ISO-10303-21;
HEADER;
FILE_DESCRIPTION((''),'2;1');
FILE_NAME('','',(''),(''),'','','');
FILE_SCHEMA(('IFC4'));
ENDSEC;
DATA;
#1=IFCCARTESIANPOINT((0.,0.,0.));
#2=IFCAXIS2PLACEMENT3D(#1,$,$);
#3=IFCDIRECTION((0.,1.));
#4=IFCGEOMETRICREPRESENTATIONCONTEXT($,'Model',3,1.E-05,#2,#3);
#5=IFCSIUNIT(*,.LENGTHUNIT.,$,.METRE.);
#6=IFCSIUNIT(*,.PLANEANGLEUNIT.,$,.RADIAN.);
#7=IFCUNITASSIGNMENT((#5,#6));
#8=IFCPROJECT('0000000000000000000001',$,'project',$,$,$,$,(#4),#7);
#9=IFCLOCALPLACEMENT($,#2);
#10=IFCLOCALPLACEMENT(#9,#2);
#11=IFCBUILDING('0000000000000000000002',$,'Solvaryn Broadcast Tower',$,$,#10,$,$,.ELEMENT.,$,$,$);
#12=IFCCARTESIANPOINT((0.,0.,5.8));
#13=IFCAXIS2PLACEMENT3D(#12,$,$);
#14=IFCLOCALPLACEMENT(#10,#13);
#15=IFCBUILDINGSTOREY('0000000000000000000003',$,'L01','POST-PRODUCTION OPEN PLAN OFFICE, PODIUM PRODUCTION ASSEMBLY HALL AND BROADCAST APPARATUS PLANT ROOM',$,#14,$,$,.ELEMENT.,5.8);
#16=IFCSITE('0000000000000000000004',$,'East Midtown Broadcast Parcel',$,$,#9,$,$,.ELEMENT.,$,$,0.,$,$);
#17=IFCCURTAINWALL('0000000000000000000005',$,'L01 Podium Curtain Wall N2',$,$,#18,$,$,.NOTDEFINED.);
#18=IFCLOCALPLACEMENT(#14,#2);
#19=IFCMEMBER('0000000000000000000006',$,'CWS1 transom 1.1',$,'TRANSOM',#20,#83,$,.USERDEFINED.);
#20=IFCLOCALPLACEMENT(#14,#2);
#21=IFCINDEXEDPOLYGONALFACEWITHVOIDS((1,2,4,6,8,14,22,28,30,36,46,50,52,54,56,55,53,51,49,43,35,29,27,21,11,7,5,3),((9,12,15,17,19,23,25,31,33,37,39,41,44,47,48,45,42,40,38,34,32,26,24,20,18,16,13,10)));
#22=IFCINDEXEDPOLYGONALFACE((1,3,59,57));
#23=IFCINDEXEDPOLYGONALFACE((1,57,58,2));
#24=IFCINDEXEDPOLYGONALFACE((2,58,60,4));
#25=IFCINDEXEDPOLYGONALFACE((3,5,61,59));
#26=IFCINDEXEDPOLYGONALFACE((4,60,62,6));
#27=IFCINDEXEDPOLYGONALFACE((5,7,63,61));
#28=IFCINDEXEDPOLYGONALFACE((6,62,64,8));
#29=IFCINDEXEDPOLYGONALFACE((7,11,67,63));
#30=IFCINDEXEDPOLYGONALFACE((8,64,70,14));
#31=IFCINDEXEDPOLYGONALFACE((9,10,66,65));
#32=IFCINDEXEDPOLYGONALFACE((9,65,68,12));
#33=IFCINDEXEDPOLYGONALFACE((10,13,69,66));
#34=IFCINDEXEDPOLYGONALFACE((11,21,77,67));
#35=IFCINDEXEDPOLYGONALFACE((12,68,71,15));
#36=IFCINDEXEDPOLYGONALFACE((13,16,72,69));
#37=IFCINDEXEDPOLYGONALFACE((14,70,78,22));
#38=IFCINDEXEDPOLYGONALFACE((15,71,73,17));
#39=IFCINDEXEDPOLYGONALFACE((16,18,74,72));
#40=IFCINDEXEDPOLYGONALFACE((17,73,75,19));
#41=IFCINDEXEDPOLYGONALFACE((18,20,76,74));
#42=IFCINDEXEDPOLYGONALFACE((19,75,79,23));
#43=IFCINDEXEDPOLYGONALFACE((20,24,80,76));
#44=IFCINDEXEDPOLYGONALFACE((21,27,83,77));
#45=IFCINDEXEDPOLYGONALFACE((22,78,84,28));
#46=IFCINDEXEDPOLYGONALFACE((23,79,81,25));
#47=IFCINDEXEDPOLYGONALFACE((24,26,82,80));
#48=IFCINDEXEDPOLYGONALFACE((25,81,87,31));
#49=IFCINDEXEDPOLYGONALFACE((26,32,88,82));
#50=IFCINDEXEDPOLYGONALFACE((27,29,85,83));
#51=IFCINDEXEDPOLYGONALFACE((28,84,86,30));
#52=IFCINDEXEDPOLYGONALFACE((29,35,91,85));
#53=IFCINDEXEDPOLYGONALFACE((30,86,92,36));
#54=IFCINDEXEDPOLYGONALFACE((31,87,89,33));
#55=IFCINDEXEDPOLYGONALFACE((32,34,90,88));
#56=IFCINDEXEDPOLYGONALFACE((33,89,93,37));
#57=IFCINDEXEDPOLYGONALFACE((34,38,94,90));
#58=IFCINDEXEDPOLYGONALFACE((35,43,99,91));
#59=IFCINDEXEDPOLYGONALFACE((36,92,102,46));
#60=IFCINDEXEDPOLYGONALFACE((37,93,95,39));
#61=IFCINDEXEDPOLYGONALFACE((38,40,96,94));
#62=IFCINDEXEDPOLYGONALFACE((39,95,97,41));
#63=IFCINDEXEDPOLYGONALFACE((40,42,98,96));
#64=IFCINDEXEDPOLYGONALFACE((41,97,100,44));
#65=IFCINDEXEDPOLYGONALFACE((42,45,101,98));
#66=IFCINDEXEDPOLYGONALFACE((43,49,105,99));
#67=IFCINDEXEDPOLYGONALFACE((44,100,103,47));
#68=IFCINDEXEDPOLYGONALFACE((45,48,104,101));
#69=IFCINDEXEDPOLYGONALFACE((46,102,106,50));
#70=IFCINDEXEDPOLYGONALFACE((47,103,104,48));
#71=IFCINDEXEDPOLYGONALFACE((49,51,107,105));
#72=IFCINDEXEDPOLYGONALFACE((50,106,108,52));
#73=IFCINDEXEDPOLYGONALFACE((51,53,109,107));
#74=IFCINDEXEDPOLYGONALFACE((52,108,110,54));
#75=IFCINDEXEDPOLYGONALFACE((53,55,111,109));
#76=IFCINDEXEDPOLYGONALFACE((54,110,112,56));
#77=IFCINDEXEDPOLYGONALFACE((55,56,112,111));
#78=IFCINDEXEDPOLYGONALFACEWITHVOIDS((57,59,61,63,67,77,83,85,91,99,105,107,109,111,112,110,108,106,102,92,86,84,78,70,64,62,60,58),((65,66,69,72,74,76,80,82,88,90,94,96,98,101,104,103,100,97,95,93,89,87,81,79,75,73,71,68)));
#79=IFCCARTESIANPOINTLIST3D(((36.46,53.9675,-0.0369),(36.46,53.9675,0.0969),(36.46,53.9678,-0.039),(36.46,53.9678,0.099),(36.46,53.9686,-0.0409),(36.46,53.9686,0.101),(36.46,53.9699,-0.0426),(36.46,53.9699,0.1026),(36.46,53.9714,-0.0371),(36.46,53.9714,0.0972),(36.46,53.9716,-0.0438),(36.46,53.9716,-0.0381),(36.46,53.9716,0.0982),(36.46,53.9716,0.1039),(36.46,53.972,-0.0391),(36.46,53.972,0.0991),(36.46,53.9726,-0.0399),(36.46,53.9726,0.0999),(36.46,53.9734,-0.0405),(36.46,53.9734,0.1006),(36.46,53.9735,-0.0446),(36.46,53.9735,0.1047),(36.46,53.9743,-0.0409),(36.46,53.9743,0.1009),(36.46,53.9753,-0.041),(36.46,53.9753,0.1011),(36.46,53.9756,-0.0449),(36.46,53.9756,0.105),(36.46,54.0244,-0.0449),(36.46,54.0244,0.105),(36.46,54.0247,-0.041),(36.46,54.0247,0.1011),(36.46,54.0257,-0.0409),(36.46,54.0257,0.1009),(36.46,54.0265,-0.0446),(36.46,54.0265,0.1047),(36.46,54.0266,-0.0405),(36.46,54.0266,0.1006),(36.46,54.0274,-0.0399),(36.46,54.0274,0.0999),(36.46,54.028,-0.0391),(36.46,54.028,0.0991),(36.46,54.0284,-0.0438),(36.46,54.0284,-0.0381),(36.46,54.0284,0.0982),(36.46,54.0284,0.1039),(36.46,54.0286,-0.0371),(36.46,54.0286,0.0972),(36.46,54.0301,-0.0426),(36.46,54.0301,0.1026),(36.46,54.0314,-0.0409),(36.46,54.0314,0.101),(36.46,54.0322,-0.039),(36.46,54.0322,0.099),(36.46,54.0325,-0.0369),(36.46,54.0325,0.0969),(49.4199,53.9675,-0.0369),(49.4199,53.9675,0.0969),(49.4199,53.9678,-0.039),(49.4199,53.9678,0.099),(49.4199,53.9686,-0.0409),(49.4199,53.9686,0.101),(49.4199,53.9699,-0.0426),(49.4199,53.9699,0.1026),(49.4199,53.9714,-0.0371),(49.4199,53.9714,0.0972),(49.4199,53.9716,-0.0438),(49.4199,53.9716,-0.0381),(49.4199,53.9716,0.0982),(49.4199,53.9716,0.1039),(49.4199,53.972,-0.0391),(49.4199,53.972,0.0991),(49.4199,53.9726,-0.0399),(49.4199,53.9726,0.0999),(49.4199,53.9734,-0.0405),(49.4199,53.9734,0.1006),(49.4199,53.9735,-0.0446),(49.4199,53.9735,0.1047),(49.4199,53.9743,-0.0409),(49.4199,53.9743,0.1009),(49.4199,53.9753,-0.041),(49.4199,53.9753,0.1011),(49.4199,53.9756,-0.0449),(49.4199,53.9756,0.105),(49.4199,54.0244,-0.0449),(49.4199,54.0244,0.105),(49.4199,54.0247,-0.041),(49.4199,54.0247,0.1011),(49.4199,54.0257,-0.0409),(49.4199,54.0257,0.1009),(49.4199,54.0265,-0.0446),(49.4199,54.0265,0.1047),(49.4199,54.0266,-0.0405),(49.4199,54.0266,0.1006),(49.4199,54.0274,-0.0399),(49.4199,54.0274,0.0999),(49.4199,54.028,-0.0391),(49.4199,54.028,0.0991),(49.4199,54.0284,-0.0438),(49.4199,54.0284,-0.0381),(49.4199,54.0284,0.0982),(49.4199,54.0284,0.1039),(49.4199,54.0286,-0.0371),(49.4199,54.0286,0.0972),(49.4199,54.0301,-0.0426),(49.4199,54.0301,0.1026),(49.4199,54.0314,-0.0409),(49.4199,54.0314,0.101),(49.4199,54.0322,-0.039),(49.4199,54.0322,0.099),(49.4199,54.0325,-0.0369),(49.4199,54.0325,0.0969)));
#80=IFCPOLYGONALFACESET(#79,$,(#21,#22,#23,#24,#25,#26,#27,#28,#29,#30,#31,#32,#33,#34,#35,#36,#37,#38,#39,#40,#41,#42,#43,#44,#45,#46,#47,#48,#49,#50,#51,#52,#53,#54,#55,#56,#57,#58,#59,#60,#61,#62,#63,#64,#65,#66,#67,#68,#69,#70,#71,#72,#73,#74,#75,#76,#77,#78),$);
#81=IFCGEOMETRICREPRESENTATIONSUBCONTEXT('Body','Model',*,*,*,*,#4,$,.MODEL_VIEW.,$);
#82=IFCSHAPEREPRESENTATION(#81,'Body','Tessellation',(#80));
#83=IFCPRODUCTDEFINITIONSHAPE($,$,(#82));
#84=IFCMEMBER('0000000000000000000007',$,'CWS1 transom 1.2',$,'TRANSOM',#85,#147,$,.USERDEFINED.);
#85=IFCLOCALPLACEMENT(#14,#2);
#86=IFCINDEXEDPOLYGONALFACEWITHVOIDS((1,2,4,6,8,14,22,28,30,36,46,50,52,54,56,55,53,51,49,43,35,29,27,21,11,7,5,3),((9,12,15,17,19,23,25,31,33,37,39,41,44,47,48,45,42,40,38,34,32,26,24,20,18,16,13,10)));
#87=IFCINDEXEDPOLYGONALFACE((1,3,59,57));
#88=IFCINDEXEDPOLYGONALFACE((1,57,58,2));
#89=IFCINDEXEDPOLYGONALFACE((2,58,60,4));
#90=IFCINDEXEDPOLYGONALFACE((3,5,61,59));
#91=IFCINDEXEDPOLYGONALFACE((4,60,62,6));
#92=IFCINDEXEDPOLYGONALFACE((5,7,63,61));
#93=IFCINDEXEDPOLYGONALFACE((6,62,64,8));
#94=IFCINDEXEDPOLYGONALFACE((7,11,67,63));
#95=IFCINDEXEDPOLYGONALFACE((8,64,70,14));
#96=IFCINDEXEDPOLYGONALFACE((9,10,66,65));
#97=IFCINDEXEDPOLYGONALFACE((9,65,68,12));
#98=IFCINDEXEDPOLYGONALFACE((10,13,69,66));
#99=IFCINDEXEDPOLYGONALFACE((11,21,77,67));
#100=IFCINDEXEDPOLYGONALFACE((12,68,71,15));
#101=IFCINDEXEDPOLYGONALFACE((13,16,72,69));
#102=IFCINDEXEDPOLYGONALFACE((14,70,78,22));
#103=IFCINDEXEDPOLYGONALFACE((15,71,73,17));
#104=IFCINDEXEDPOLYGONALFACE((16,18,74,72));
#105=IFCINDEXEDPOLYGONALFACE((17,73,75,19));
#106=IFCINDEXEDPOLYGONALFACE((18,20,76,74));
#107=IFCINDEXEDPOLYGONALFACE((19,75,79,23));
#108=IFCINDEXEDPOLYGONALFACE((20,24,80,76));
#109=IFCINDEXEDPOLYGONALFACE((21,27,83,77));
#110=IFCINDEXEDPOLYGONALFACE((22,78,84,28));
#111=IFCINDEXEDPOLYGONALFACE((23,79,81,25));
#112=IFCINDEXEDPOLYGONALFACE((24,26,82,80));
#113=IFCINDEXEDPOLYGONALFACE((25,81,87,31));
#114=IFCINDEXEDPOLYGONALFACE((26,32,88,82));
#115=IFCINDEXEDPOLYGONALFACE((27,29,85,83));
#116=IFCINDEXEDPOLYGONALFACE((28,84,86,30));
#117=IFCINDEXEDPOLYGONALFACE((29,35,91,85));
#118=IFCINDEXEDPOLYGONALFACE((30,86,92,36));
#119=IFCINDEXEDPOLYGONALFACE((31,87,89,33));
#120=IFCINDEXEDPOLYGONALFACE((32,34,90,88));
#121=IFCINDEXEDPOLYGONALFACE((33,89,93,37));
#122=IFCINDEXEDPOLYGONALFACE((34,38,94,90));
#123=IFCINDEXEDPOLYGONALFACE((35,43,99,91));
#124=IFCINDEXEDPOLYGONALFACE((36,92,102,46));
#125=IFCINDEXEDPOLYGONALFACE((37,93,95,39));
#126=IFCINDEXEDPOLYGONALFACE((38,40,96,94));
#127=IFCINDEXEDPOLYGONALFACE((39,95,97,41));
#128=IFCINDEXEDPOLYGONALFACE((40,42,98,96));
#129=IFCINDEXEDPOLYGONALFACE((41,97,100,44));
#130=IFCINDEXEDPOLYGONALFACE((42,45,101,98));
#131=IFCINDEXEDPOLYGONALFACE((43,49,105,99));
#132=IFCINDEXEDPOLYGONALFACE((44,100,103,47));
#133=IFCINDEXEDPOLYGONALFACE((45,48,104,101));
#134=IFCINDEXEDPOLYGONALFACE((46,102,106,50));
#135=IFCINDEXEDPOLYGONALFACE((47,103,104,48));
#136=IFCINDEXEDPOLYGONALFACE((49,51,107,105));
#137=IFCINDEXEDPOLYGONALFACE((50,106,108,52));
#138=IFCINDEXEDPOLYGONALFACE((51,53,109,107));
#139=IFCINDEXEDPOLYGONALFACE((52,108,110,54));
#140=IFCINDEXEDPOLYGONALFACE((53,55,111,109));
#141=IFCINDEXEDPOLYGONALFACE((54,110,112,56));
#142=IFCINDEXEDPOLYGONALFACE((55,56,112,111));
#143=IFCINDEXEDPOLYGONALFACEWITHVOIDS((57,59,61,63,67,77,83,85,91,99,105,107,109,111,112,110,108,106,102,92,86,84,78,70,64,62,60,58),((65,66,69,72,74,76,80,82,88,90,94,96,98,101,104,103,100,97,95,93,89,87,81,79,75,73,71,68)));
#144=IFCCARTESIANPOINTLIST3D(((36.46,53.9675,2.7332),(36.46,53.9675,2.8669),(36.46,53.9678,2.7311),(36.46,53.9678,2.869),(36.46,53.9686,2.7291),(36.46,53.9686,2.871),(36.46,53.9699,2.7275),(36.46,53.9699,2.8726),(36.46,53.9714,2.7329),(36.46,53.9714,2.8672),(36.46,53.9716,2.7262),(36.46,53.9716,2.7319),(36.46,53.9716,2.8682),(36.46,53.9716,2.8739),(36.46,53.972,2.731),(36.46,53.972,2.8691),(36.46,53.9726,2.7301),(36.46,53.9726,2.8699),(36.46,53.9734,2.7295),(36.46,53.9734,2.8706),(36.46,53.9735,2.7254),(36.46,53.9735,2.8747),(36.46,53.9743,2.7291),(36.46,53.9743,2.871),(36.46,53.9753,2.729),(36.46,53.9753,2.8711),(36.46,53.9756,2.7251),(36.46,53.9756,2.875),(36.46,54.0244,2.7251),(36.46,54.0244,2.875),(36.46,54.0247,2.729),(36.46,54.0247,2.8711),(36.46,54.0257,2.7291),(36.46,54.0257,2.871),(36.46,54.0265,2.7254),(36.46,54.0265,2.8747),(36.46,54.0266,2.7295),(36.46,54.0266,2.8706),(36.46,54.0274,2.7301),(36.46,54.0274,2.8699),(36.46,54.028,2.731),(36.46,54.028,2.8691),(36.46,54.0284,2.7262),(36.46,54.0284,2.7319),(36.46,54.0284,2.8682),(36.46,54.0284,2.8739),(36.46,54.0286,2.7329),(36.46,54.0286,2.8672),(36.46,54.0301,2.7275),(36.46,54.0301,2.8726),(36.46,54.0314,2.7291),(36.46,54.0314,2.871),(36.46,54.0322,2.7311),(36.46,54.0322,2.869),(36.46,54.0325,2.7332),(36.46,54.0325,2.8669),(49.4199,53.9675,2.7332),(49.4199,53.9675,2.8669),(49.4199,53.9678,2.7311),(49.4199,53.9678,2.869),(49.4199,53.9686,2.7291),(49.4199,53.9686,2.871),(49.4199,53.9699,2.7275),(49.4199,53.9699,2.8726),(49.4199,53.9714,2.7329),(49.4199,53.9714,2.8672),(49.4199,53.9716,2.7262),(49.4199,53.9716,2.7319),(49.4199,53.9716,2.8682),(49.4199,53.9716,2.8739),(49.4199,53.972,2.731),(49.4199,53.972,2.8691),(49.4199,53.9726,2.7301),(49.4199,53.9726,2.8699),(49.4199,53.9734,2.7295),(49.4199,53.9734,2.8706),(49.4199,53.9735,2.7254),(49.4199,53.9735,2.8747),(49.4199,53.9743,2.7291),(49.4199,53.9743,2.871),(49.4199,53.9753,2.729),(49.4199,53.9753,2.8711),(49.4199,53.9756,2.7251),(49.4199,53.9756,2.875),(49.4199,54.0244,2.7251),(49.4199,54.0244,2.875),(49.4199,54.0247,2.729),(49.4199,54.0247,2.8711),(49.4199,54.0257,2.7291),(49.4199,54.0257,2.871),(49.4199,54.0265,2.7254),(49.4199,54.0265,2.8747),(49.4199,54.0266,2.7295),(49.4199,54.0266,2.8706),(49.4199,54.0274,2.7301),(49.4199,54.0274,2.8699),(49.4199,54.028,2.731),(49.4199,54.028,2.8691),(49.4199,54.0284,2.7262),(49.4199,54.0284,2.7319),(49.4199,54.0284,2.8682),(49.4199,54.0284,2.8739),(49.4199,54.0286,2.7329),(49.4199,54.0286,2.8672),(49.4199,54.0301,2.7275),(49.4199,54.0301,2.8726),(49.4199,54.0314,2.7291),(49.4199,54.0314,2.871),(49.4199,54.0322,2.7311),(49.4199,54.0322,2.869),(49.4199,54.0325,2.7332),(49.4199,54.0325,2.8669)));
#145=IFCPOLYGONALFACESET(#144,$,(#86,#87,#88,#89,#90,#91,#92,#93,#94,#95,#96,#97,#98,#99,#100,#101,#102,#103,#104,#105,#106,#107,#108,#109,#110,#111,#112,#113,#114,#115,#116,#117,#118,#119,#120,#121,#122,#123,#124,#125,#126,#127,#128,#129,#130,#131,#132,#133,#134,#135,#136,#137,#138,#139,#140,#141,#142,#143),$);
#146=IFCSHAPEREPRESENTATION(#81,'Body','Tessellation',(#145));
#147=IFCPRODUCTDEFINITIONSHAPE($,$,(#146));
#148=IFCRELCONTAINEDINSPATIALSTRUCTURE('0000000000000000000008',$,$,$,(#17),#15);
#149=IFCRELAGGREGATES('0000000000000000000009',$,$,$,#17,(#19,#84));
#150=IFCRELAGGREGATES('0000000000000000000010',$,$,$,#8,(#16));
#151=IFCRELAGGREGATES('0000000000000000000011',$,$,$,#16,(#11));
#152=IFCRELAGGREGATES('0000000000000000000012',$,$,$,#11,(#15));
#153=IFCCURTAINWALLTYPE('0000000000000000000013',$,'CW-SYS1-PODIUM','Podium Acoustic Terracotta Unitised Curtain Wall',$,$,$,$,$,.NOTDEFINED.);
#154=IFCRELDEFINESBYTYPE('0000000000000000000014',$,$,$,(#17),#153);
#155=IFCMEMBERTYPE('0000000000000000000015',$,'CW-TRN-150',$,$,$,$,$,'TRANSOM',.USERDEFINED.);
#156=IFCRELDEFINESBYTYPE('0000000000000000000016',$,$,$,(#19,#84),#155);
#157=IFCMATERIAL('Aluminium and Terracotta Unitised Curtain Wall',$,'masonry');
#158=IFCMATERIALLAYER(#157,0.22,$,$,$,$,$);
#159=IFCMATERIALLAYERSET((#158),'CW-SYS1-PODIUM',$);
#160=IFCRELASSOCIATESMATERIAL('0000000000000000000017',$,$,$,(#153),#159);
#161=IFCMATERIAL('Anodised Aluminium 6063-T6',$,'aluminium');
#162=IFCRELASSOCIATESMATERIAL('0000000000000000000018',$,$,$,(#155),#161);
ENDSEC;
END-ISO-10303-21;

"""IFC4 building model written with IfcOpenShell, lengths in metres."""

from ifc_helpers import new_model, si_unit, direction, frame, origin, origin_2d, place, context, subcontext, project, spatial, hollow_rectangle, extrude, material, layer, layer_set, material_profile, profile_set, type_object, element, aggregate, save


model = new_model("IFC4")

# Units and contexts
model_context = context("Model", 3, precision=1e-05, world=origin(), true_north=direction((0.0, 1.0)))
body_context = subcontext(model_context, "Body", "Model", "MODEL_VIEW")
ifc_project = project(units=[si_unit("LENGTHUNIT", "METRE"), si_unit("PLANEANGLEUNIT", "RADIAN")], contexts=[model_context])

# Site, building, storey
site_placement = place(None, origin())
site = spatial("IfcSite", under=ifc_project, at=site_placement, Name="East Midtown Broadcast Parcel", CompositionType="ELEMENT", RefElevation=0.0)
building_placement = place(site_placement, origin())
building = spatial("IfcBuilding", under=site, at=building_placement, Name="Solvaryn Broadcast Tower", CompositionType="ELEMENT")
storey_placement = place(building_placement, frame((0.0, 0.0, 5.8)))
storey = spatial("IfcBuildingStorey", under=building, at=storey_placement, Name="L01", Description="POST-PRODUCTION OPEN PLAN OFFICE, PODIUM PRODUCTION ASSEMBLY HALL AND BROADCAST APPARATUS PLANT ROOM", CompositionType="ELEMENT", Elevation=5.8)

# Shared definitions
ifc_material_1 = material(Name="Aluminium and Terracotta Unitised Curtain Wall", Category="masonry")
ifc_layer_1 = layer(ifc_material_1, 0.22)
ifc_layer_set_1 = layer_set([ifc_layer_1], Name="CW-SYS1-PODIUM")
curtain_wall_type = type_object("IfcCurtainWallType", Name="CW-SYS1-PODIUM", Description="Podium Acoustic Terracotta Unitised Curtain Wall", PredefinedType="NOTDEFINED", material=ifc_layer_set_1)

# Curtain wall, members
curtain_wall_1_placement = place(storey_placement, origin())
curtain_wall_1 = element("IfcCurtainWall", 1, at=curtain_wall_1_placement, inside=storey, type_object=curtain_wall_type, Name="L01 Podium Curtain Wall N2", PredefinedType="NOTDEFINED")
ifc_material_2 = material(Name="Anodised Aluminium 6063-T6", Category="aluminium")
ifc_material_profile_1 = material_profile(ifc_material_2, hollow_rectangle(XDim=0.0649, YDim=0.1499, WallThickness=0.0039, InnerFilletRadius=0.0039, OuterFilletRadius=0.0081, at=origin_2d()))
ifc_profile_set_1 = profile_set([ifc_material_profile_1], Name="Anodised Aluminium 6063-T6")
member_type_1 = type_object("IfcMemberType", Name="CW-TRN-150", ElementType="TRANSOM", PredefinedType="USERDEFINED", material=ifc_profile_set_1)
member_1_placement = place(storey_placement, frame((36.46, 54.0, 0.03), z_axis=(1.0, 0.0, 0.0), x_axis=(0.0, 1.0, 0.0)))
member_1 = element("IfcMember", 2, at=member_1_placement, type_object=member_type_1, Name="CWS1 transom 1.1", ObjectType="TRANSOM", PredefinedType="USERDEFINED", context=body_context, shape_type="SweptSolid", body=[
    extrude(hollow_rectangle(XDim=0.0649, YDim=0.1499, WallThickness=0.0039, InnerFilletRadius=0.0039, OuterFilletRadius=0.0081, at=origin_2d()), origin(), (0.0, 0.0, 1.0), 12.96),
])
member_2_placement = place(storey_placement, frame((36.46, 54.0, 2.8), z_axis=(1.0, 0.0, 0.0), x_axis=(0.0, 1.0, 0.0)))
member_2 = element("IfcMember", 3, at=member_2_placement, type_object=member_type_1, Name="CWS1 transom 1.2", ObjectType="TRANSOM", PredefinedType="USERDEFINED", context=body_context, shape_type="SweptSolid", body=[
    extrude(hollow_rectangle(XDim=0.0649, YDim=0.1499, WallThickness=0.0039, InnerFilletRadius=0.0039, OuterFilletRadius=0.0081, at=origin_2d()), origin(), (0.0, 0.0, 1.0), 12.96),
])

aggregate(curtain_wall_1, [member_1, member_2])

save(model, "model.ifc")
